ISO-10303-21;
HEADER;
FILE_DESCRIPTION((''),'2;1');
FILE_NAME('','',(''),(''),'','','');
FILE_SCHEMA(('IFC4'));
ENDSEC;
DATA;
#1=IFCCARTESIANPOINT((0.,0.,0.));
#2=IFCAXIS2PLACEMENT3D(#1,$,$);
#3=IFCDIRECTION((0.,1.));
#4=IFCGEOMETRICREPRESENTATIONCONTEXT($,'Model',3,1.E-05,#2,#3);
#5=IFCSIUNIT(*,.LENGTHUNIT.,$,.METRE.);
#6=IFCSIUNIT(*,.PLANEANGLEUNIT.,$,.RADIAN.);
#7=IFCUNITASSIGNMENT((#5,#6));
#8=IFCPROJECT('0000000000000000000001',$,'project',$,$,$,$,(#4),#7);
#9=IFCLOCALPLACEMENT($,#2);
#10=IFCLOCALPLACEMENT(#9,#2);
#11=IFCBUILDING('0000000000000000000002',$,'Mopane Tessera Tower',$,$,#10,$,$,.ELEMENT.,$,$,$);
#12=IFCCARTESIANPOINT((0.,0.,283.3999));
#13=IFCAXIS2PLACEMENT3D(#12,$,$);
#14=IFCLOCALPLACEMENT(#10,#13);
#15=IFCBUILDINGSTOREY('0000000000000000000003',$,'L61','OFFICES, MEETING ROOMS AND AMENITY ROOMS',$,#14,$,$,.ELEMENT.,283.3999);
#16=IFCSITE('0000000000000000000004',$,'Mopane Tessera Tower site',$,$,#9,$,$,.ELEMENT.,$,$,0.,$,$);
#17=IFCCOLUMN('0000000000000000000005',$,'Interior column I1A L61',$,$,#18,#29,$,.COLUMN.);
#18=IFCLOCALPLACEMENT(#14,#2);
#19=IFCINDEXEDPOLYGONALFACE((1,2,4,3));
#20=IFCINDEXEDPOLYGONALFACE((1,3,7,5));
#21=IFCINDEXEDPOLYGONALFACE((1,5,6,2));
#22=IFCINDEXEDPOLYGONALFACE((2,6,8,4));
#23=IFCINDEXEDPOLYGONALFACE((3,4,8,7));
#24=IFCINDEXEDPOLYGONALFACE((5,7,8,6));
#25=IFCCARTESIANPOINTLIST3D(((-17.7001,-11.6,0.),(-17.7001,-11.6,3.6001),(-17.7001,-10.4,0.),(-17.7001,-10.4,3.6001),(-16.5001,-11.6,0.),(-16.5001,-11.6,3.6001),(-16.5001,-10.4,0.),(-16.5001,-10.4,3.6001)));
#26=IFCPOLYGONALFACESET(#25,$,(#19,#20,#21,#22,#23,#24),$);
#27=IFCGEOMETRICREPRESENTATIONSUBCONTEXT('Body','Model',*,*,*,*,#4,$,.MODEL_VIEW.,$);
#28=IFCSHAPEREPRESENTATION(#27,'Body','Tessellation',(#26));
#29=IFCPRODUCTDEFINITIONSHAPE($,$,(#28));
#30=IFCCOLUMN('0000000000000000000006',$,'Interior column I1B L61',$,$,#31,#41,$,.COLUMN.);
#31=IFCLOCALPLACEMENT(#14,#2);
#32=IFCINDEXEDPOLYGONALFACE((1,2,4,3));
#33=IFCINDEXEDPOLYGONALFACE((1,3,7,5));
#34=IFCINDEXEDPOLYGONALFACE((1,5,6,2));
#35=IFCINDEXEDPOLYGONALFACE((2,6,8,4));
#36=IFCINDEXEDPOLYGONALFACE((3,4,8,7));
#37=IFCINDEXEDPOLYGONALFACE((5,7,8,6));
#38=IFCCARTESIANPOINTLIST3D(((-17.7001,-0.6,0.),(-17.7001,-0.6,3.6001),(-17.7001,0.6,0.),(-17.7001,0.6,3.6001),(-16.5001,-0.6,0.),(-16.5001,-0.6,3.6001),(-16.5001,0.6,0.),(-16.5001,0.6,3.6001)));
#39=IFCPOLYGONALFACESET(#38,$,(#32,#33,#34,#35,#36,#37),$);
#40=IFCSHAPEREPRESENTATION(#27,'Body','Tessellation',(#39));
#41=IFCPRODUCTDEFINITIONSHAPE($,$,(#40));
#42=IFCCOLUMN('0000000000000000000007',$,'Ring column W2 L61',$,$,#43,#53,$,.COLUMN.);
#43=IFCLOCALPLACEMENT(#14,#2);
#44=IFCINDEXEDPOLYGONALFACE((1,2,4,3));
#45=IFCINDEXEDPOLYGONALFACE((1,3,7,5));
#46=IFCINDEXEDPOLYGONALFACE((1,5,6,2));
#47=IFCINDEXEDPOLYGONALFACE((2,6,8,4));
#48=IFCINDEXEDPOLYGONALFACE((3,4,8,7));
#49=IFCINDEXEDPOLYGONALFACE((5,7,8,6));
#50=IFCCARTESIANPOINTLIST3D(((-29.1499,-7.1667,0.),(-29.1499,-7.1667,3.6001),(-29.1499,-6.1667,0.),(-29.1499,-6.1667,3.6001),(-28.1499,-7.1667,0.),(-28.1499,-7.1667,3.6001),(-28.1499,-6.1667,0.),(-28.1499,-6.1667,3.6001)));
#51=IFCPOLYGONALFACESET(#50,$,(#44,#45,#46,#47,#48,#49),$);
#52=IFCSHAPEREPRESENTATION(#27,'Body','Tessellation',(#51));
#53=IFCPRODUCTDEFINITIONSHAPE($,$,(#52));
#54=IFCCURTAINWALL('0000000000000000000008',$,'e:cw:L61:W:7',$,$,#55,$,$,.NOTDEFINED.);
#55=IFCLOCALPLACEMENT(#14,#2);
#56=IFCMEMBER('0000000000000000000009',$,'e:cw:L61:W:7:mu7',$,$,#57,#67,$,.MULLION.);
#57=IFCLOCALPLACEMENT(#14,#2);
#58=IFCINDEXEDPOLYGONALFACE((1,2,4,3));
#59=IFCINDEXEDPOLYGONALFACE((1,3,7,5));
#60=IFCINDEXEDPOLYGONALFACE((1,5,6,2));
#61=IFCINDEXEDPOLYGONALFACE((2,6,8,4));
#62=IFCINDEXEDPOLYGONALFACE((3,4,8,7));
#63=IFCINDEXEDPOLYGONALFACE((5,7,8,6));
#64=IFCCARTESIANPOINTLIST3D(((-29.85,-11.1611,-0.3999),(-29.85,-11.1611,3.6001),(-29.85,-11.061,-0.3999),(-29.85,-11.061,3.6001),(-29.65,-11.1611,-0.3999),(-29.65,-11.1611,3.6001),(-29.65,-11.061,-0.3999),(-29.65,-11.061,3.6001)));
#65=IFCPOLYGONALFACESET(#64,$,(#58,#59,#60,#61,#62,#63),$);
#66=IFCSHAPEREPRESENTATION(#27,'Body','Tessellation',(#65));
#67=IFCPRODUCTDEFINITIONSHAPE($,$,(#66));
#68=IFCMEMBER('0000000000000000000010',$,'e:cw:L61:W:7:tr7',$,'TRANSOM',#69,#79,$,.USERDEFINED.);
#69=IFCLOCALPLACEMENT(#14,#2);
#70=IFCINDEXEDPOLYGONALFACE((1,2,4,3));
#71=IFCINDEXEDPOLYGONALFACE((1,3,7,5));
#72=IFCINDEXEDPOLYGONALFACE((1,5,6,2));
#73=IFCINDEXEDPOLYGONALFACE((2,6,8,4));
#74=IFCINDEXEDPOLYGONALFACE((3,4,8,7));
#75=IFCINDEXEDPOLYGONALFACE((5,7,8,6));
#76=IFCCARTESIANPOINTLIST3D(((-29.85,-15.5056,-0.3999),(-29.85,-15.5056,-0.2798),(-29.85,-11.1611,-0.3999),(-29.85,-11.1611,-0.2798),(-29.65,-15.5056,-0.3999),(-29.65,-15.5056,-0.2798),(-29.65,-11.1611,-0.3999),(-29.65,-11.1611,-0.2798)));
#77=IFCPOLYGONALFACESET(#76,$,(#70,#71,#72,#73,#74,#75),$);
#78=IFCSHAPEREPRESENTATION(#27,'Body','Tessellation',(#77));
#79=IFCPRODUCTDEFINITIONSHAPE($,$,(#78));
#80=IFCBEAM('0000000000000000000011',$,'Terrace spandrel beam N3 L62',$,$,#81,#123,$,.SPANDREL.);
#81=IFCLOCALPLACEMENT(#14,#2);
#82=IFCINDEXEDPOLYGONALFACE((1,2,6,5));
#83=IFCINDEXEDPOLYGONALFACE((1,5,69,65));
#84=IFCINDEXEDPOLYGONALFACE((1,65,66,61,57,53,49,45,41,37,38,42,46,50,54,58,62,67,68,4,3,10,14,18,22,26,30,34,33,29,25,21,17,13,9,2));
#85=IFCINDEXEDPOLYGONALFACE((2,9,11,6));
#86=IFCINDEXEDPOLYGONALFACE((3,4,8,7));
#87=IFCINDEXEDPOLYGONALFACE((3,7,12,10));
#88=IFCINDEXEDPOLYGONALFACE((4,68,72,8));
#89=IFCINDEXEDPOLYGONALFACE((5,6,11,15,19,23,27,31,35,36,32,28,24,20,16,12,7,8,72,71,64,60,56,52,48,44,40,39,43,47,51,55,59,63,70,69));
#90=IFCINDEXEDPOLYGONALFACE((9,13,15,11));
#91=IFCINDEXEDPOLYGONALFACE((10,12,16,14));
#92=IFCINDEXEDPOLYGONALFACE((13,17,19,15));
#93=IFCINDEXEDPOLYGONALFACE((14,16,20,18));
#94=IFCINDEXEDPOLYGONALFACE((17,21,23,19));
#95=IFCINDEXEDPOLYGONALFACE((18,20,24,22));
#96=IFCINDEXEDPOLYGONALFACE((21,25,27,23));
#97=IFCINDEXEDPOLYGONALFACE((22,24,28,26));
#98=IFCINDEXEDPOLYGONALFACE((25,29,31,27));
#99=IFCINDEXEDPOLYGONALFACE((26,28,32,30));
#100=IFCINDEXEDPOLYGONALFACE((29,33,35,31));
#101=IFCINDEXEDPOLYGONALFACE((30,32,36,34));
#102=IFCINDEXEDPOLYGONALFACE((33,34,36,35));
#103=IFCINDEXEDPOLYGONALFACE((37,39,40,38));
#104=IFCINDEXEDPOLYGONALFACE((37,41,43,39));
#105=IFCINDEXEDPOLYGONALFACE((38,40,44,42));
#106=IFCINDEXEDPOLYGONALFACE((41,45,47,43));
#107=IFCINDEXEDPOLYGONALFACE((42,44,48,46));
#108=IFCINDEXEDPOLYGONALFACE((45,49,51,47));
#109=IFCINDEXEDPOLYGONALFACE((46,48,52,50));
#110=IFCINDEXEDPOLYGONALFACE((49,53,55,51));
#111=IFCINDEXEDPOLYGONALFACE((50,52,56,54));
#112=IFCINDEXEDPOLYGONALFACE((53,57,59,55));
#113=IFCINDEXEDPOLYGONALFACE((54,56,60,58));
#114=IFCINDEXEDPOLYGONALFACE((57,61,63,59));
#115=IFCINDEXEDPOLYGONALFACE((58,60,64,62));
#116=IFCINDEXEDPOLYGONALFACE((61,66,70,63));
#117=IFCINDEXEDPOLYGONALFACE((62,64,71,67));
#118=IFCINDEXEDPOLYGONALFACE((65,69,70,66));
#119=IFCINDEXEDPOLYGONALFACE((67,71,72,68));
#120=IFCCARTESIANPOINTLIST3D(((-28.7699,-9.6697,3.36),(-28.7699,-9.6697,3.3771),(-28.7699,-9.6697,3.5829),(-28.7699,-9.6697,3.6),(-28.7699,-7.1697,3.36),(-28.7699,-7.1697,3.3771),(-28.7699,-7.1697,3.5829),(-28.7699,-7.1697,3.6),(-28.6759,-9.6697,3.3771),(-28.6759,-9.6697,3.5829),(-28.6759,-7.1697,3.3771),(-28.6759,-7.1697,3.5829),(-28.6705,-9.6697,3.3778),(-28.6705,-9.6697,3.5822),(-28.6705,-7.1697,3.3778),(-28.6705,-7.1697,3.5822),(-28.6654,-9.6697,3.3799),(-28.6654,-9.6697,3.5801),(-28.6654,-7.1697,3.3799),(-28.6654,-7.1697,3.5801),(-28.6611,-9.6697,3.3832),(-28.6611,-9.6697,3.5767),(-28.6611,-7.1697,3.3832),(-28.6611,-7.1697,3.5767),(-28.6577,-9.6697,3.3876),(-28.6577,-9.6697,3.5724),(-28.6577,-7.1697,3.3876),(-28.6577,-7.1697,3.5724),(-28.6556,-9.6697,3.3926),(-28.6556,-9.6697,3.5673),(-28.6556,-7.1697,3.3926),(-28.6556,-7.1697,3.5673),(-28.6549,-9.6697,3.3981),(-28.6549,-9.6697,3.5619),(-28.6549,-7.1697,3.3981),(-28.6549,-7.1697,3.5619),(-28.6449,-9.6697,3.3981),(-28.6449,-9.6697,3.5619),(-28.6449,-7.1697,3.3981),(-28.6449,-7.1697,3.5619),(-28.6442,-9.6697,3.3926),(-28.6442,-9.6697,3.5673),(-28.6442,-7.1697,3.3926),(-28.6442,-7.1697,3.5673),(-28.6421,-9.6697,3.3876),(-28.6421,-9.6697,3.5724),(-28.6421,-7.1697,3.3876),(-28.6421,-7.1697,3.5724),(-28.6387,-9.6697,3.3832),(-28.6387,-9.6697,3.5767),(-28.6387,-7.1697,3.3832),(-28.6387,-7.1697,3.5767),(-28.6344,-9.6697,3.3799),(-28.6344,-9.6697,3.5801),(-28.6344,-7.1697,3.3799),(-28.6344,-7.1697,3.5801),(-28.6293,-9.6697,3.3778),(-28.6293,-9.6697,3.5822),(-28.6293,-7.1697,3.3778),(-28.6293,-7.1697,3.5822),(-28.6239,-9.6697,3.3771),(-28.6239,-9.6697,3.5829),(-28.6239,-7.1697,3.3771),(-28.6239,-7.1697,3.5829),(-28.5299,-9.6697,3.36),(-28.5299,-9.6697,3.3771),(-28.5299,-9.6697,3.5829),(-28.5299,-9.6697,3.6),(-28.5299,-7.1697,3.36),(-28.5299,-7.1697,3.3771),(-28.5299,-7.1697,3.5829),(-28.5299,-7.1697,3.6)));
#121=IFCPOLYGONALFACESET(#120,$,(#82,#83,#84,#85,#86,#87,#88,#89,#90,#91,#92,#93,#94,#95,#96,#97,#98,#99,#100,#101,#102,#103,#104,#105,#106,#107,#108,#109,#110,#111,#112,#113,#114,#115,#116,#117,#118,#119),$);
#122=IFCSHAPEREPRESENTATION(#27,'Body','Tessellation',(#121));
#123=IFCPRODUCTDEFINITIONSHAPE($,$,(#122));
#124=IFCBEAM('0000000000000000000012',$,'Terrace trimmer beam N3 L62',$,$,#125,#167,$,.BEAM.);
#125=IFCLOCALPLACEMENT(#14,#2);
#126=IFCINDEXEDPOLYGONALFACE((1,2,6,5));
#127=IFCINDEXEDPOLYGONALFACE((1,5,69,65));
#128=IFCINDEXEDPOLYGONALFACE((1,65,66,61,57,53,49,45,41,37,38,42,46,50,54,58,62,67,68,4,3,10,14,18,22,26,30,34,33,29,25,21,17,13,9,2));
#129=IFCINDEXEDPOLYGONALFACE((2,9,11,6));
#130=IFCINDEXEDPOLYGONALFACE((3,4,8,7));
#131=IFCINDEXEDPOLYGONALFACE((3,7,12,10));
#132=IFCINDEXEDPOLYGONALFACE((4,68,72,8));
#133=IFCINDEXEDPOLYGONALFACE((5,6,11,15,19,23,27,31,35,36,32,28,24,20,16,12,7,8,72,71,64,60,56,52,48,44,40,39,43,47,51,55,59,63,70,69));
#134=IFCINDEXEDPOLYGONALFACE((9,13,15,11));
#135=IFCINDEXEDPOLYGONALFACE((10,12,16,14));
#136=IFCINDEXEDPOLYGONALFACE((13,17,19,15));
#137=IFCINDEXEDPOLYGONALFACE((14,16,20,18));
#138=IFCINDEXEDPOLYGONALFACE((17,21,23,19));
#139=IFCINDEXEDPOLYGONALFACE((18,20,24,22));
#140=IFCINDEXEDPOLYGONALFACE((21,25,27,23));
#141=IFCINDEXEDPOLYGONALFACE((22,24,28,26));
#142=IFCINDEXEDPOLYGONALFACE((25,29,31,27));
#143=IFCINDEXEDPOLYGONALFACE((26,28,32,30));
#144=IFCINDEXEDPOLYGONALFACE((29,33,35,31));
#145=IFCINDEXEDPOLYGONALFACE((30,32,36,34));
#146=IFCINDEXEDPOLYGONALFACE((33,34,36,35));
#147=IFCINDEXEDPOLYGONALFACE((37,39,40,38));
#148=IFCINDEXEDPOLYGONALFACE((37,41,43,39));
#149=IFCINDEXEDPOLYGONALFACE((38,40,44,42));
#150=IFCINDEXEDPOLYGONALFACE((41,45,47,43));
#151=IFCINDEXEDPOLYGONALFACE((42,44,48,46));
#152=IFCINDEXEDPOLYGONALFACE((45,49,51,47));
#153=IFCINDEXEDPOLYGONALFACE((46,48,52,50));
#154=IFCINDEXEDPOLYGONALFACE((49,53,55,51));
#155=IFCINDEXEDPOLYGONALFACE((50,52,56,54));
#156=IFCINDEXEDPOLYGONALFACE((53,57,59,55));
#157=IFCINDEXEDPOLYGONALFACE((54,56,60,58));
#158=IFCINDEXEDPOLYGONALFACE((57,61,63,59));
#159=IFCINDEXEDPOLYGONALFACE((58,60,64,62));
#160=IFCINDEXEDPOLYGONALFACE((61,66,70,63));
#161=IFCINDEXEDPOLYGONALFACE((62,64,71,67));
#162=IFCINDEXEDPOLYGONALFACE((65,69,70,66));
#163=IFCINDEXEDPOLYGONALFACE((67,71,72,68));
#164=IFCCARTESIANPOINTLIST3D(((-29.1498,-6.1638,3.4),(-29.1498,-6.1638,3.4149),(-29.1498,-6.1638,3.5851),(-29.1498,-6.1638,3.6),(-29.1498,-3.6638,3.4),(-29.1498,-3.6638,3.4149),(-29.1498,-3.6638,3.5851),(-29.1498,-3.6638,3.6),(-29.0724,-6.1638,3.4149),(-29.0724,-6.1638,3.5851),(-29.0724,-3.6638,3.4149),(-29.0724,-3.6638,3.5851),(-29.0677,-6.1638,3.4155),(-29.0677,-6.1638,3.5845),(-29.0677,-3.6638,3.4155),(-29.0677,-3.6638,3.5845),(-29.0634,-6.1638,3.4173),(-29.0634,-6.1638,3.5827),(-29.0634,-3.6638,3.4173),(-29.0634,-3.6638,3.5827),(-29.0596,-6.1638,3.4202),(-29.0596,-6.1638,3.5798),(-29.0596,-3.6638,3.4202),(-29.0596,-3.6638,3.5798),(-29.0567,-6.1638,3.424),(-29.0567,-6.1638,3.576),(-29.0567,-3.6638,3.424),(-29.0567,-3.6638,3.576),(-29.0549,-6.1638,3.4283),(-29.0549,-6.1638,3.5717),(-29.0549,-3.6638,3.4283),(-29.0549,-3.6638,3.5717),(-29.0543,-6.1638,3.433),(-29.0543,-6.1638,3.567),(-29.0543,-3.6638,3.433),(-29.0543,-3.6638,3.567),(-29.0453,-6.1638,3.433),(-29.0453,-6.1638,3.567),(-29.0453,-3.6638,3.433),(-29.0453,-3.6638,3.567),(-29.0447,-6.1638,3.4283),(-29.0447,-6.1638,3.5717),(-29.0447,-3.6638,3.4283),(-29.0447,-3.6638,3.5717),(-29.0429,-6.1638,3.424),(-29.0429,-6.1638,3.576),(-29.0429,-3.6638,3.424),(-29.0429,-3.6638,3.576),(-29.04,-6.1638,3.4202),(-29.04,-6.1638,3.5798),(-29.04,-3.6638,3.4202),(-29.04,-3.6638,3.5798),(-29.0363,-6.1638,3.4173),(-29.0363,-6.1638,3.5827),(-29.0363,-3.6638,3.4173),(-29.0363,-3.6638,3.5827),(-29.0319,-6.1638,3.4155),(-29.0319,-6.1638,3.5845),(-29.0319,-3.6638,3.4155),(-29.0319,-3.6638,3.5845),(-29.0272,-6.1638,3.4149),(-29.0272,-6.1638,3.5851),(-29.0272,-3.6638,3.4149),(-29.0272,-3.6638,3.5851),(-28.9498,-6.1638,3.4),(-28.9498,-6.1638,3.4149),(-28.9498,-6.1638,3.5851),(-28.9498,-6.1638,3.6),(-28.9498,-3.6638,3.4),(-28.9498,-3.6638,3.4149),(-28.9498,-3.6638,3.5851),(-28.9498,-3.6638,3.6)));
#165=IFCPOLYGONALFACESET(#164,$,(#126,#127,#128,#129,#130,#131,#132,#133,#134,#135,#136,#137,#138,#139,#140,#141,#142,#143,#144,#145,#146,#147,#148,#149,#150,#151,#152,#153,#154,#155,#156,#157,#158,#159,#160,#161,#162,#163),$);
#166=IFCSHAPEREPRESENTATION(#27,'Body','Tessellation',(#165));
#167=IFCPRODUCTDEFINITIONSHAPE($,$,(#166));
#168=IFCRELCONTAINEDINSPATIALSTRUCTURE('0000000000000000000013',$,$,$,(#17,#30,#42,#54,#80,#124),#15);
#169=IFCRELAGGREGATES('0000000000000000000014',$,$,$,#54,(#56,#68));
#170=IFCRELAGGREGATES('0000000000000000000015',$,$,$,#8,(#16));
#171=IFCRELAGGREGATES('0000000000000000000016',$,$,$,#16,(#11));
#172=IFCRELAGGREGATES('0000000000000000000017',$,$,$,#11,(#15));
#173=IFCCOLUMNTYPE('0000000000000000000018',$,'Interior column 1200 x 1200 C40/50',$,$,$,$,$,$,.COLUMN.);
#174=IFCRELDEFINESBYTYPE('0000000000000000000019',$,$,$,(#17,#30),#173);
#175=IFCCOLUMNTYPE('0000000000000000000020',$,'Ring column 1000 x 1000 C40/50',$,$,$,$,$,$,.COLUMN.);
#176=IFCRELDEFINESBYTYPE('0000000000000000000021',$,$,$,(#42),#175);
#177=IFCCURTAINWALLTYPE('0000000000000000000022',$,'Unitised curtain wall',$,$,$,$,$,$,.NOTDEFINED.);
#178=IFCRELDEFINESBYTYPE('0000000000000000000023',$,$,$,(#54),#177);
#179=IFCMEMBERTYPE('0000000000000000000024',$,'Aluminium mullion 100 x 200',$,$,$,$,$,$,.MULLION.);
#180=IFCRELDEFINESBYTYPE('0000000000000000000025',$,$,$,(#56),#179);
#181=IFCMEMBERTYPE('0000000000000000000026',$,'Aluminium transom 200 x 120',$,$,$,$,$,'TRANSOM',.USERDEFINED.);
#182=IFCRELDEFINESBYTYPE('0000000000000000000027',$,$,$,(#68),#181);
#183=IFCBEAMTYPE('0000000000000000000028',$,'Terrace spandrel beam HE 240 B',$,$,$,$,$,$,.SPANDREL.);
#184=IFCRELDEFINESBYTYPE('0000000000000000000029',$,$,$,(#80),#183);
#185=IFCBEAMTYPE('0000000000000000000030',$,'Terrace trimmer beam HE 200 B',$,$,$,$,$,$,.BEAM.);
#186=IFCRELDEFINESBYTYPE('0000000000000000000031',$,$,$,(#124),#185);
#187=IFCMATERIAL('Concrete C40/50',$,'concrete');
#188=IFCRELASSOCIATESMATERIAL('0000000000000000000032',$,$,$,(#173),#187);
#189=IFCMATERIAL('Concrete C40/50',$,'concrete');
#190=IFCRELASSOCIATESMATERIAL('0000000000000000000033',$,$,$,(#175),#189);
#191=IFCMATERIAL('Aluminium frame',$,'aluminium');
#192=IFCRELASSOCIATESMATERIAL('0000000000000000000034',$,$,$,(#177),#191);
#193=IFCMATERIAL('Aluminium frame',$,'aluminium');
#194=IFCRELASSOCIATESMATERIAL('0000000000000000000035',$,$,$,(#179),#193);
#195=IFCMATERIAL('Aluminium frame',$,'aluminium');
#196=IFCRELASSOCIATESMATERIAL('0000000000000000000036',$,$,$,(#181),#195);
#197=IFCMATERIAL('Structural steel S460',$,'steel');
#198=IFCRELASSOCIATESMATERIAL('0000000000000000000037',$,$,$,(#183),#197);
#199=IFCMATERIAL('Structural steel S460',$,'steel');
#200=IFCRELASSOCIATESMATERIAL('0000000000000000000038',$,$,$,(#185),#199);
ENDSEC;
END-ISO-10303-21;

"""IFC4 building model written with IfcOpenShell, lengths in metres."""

from ifc_helpers import new_model, si_unit, direction, frame, origin, origin_2d, place, context, subcontext, project, spatial, rectangle, i_section, extrude, material, material_profile, profile_set, type_object, element, aggregate, save


model = new_model("IFC4")

# Units and contexts
model_context = context("Model", 3, precision=1e-05, world=origin(), true_north=direction((0.0, 1.0)))
body_context = subcontext(model_context, "Body", "Model", "MODEL_VIEW")
ifc_project = project(units=[si_unit("LENGTHUNIT", "METRE"), si_unit("PLANEANGLEUNIT", "RADIAN")], contexts=[model_context])

# Site, building, storey
site_placement = place(None, origin())
site = spatial("IfcSite", under=ifc_project, at=site_placement, Name="Mopane Tessera Tower site", CompositionType="ELEMENT", RefElevation=0.0)
building_placement = place(site_placement, origin())
building = spatial("IfcBuilding", under=site, at=building_placement, Name="Mopane Tessera Tower", CompositionType="ELEMENT")
storey_placement = place(building_placement, frame((0.0, 0.0, 283.3999)))
storey = spatial("IfcBuildingStorey", under=building, at=storey_placement, Name="L61", Description="OFFICES, MEETING ROOMS AND AMENITY ROOMS", CompositionType="ELEMENT", Elevation=283.3999)

# Columns
ifc_material_1 = material(Name="Concrete C40/50", Category="concrete")
ifc_material_profile_1 = material_profile(ifc_material_1, rectangle(XDim=1.2, YDim=1.2, at=origin_2d()))
ifc_profile_set_1 = profile_set([ifc_material_profile_1], Name="Concrete C40/50")
column_type_1 = type_object("IfcColumnType", Name="Interior column 1200 x 1200 C40/50", PredefinedType="COLUMN", material=ifc_profile_set_1)
for number, where, z_axis, x_axis, name in (
    (1, (-17.1001, -11.0, 0.0), (0.0, 0.0, 1.0), (1.0, 0.0, 0.0), "Interior column I1A L61"),
    (2, (-17.1001, 0.0, 0.0), (0.0, 0.0, 1.0), (1.0, 0.0, 0.0), "Interior column I1B L61"),
):
    element("IfcColumn", number, at=place(storey_placement, frame(where, z_axis=z_axis, x_axis=x_axis)), inside=storey, type_object=column_type_1, Name=name, PredefinedType="COLUMN", context=body_context, shape_type="SweptSolid", body=[
        extrude(rectangle(XDim=1.2, YDim=1.2, at=origin_2d()), origin(), (0.0, 0.0, 1.0), 3.6001),
    ])
ifc_material_2 = material(Name="Concrete C40/50", Category="concrete")
ifc_material_profile_2 = material_profile(ifc_material_2, rectangle(XDim=1.0, YDim=1.0, at=origin_2d()))
ifc_profile_set_2 = profile_set([ifc_material_profile_2], Name="Concrete C40/50")
column_type_2 = type_object("IfcColumnType", Name="Ring column 1000 x 1000 C40/50", PredefinedType="COLUMN", material=ifc_profile_set_2)
column_placement = place(storey_placement, frame((-28.6499, -6.6667, 0.0), z_axis=(0.0, 0.0, 1.0), x_axis=(1.0, 0.0, 0.0)))
element("IfcColumn", 3, at=column_placement, inside=storey, type_object=column_type_2, Name="Ring column W2 L61", PredefinedType="COLUMN", context=body_context, shape_type="SweptSolid", body=[
    extrude(rectangle(XDim=1.0, YDim=1.0, at=origin_2d()), origin(), (0.0, 0.0, 1.0), 3.6001),
])

# Curtain wall, members
ifc_material_3 = material(Name="Aluminium frame", Category="aluminium")
curtain_wall_type = type_object("IfcCurtainWallType", Name="Unitised curtain wall", PredefinedType="NOTDEFINED", material=ifc_material_3)
curtain_wall_placement = place(storey_placement, origin())
curtain_wall = element("IfcCurtainWall", 4, at=curtain_wall_placement, inside=storey, type_object=curtain_wall_type, Name="e:cw:L61:W:7", PredefinedType="NOTDEFINED")
ifc_material_4 = material(Name="Aluminium frame", Category="aluminium")
ifc_material_profile_3 = material_profile(ifc_material_4, rectangle(XDim=0.1001, YDim=0.2, at=origin_2d()))
ifc_profile_set_3 = profile_set([ifc_material_profile_3], Name="Aluminium frame")
member_type_1 = type_object("IfcMemberType", Name="Aluminium mullion 100 x 200", PredefinedType="MULLION", material=ifc_profile_set_3)
member_1_placement = place(storey_placement, frame((-29.75, -11.1111, -0.3999), z_axis=(0.0, 0.0, 1.0), x_axis=(0.0, -1.0, 0.0)))
member_1 = element("IfcMember", 5, at=member_1_placement, type_object=member_type_1, Name="e:cw:L61:W:7:mu7", PredefinedType="MULLION", context=body_context, shape_type="SweptSolid", body=[
    extrude(rectangle(XDim=0.1001, YDim=0.2, at=origin_2d()), origin(), (0.0, 0.0, 1.0), 4.0),
])
ifc_material_5 = material(Name="Aluminium frame", Category="aluminium")
ifc_material_profile_4 = material_profile(ifc_material_5, rectangle(XDim=0.2, YDim=0.1201, at=origin_2d()))
ifc_profile_set_4 = profile_set([ifc_material_profile_4], Name="Aluminium frame")
member_type_2 = type_object("IfcMemberType", Name="Aluminium transom 200 x 120", ElementType="TRANSOM", PredefinedType="USERDEFINED", material=ifc_profile_set_4)
member_2_placement = place(storey_placement, frame((-29.75, -11.1611, -0.3398), z_axis=(0.0, -1.0, 0.0), x_axis=(1.0, 0.0, 0.0)))
member_2 = element("IfcMember", 6, at=member_2_placement, type_object=member_type_2, Name="e:cw:L61:W:7:tr7", ObjectType="TRANSOM", PredefinedType="USERDEFINED", context=body_context, shape_type="SweptSolid", body=[
    extrude(rectangle(XDim=0.2, YDim=0.1201, at=origin_2d()), origin(), (0.0, 0.0, 1.0), 4.3445),
])
aggregate(curtain_wall, [member_1, member_2])

# Beams
ifc_material_6 = material(Name="Structural steel S460", Category="steel")
ifc_material_profile_5 = material_profile(ifc_material_6, i_section(OverallWidth=0.24, OverallDepth=0.24, WebThickness=0.01, FlangeThickness=0.0171, FilletRadius=0.021, at=origin_2d()))
ifc_profile_set_5 = profile_set([ifc_material_profile_5], Name="Structural steel S460")
beam_type_1 = type_object("IfcBeamType", Name="Terrace spandrel beam HE 240 B", PredefinedType="SPANDREL", material=ifc_profile_set_5)
beam_1_placement = place(storey_placement, frame((-28.6499, -7.1697, 3.48), z_axis=(0.0, -1.0, 0.0), x_axis=(1.0, 0.0, 0.0)))
element("IfcBeam", 7, at=beam_1_placement, inside=storey, type_object=beam_type_1, Name="Terrace spandrel beam N3 L62", PredefinedType="SPANDREL", context=body_context, shape_type="SweptSolid", body=[
    extrude(i_section(OverallWidth=0.24, OverallDepth=0.24, WebThickness=0.01, FlangeThickness=0.0171, FilletRadius=0.021, at=origin_2d()), origin(), (0.0, 0.0, 1.0), 2.5),
])
ifc_material_7 = material(Name="Structural steel S460", Category="steel")
ifc_material_profile_6 = material_profile(ifc_material_7, i_section(OverallWidth=0.2, OverallDepth=0.2, WebThickness=0.009, FlangeThickness=0.0149, FilletRadius=0.0181, at=origin_2d()))
ifc_profile_set_6 = profile_set([ifc_material_profile_6], Name="Structural steel S460")
beam_type_2 = type_object("IfcBeamType", Name="Terrace trimmer beam HE 200 B", PredefinedType="BEAM", material=ifc_profile_set_6)
beam_2_placement = place(storey_placement, frame((-29.0498, -6.1638, 3.5), z_axis=(0.0, 1.0, 0.0), x_axis=(-1.0, 0.0, 0.0)))
element("IfcBeam", 8, at=beam_2_placement, inside=storey, type_object=beam_type_2, Name="Terrace trimmer beam N3 L62", PredefinedType="BEAM", context=body_context, shape_type="SweptSolid", body=[
    extrude(i_section(OverallWidth=0.2, OverallDepth=0.2, WebThickness=0.009, FlangeThickness=0.0149, FilletRadius=0.0181, at=origin_2d()), origin(), (0.0, 0.0, 1.0), 2.5),
])

save(model, "model.ifc")
